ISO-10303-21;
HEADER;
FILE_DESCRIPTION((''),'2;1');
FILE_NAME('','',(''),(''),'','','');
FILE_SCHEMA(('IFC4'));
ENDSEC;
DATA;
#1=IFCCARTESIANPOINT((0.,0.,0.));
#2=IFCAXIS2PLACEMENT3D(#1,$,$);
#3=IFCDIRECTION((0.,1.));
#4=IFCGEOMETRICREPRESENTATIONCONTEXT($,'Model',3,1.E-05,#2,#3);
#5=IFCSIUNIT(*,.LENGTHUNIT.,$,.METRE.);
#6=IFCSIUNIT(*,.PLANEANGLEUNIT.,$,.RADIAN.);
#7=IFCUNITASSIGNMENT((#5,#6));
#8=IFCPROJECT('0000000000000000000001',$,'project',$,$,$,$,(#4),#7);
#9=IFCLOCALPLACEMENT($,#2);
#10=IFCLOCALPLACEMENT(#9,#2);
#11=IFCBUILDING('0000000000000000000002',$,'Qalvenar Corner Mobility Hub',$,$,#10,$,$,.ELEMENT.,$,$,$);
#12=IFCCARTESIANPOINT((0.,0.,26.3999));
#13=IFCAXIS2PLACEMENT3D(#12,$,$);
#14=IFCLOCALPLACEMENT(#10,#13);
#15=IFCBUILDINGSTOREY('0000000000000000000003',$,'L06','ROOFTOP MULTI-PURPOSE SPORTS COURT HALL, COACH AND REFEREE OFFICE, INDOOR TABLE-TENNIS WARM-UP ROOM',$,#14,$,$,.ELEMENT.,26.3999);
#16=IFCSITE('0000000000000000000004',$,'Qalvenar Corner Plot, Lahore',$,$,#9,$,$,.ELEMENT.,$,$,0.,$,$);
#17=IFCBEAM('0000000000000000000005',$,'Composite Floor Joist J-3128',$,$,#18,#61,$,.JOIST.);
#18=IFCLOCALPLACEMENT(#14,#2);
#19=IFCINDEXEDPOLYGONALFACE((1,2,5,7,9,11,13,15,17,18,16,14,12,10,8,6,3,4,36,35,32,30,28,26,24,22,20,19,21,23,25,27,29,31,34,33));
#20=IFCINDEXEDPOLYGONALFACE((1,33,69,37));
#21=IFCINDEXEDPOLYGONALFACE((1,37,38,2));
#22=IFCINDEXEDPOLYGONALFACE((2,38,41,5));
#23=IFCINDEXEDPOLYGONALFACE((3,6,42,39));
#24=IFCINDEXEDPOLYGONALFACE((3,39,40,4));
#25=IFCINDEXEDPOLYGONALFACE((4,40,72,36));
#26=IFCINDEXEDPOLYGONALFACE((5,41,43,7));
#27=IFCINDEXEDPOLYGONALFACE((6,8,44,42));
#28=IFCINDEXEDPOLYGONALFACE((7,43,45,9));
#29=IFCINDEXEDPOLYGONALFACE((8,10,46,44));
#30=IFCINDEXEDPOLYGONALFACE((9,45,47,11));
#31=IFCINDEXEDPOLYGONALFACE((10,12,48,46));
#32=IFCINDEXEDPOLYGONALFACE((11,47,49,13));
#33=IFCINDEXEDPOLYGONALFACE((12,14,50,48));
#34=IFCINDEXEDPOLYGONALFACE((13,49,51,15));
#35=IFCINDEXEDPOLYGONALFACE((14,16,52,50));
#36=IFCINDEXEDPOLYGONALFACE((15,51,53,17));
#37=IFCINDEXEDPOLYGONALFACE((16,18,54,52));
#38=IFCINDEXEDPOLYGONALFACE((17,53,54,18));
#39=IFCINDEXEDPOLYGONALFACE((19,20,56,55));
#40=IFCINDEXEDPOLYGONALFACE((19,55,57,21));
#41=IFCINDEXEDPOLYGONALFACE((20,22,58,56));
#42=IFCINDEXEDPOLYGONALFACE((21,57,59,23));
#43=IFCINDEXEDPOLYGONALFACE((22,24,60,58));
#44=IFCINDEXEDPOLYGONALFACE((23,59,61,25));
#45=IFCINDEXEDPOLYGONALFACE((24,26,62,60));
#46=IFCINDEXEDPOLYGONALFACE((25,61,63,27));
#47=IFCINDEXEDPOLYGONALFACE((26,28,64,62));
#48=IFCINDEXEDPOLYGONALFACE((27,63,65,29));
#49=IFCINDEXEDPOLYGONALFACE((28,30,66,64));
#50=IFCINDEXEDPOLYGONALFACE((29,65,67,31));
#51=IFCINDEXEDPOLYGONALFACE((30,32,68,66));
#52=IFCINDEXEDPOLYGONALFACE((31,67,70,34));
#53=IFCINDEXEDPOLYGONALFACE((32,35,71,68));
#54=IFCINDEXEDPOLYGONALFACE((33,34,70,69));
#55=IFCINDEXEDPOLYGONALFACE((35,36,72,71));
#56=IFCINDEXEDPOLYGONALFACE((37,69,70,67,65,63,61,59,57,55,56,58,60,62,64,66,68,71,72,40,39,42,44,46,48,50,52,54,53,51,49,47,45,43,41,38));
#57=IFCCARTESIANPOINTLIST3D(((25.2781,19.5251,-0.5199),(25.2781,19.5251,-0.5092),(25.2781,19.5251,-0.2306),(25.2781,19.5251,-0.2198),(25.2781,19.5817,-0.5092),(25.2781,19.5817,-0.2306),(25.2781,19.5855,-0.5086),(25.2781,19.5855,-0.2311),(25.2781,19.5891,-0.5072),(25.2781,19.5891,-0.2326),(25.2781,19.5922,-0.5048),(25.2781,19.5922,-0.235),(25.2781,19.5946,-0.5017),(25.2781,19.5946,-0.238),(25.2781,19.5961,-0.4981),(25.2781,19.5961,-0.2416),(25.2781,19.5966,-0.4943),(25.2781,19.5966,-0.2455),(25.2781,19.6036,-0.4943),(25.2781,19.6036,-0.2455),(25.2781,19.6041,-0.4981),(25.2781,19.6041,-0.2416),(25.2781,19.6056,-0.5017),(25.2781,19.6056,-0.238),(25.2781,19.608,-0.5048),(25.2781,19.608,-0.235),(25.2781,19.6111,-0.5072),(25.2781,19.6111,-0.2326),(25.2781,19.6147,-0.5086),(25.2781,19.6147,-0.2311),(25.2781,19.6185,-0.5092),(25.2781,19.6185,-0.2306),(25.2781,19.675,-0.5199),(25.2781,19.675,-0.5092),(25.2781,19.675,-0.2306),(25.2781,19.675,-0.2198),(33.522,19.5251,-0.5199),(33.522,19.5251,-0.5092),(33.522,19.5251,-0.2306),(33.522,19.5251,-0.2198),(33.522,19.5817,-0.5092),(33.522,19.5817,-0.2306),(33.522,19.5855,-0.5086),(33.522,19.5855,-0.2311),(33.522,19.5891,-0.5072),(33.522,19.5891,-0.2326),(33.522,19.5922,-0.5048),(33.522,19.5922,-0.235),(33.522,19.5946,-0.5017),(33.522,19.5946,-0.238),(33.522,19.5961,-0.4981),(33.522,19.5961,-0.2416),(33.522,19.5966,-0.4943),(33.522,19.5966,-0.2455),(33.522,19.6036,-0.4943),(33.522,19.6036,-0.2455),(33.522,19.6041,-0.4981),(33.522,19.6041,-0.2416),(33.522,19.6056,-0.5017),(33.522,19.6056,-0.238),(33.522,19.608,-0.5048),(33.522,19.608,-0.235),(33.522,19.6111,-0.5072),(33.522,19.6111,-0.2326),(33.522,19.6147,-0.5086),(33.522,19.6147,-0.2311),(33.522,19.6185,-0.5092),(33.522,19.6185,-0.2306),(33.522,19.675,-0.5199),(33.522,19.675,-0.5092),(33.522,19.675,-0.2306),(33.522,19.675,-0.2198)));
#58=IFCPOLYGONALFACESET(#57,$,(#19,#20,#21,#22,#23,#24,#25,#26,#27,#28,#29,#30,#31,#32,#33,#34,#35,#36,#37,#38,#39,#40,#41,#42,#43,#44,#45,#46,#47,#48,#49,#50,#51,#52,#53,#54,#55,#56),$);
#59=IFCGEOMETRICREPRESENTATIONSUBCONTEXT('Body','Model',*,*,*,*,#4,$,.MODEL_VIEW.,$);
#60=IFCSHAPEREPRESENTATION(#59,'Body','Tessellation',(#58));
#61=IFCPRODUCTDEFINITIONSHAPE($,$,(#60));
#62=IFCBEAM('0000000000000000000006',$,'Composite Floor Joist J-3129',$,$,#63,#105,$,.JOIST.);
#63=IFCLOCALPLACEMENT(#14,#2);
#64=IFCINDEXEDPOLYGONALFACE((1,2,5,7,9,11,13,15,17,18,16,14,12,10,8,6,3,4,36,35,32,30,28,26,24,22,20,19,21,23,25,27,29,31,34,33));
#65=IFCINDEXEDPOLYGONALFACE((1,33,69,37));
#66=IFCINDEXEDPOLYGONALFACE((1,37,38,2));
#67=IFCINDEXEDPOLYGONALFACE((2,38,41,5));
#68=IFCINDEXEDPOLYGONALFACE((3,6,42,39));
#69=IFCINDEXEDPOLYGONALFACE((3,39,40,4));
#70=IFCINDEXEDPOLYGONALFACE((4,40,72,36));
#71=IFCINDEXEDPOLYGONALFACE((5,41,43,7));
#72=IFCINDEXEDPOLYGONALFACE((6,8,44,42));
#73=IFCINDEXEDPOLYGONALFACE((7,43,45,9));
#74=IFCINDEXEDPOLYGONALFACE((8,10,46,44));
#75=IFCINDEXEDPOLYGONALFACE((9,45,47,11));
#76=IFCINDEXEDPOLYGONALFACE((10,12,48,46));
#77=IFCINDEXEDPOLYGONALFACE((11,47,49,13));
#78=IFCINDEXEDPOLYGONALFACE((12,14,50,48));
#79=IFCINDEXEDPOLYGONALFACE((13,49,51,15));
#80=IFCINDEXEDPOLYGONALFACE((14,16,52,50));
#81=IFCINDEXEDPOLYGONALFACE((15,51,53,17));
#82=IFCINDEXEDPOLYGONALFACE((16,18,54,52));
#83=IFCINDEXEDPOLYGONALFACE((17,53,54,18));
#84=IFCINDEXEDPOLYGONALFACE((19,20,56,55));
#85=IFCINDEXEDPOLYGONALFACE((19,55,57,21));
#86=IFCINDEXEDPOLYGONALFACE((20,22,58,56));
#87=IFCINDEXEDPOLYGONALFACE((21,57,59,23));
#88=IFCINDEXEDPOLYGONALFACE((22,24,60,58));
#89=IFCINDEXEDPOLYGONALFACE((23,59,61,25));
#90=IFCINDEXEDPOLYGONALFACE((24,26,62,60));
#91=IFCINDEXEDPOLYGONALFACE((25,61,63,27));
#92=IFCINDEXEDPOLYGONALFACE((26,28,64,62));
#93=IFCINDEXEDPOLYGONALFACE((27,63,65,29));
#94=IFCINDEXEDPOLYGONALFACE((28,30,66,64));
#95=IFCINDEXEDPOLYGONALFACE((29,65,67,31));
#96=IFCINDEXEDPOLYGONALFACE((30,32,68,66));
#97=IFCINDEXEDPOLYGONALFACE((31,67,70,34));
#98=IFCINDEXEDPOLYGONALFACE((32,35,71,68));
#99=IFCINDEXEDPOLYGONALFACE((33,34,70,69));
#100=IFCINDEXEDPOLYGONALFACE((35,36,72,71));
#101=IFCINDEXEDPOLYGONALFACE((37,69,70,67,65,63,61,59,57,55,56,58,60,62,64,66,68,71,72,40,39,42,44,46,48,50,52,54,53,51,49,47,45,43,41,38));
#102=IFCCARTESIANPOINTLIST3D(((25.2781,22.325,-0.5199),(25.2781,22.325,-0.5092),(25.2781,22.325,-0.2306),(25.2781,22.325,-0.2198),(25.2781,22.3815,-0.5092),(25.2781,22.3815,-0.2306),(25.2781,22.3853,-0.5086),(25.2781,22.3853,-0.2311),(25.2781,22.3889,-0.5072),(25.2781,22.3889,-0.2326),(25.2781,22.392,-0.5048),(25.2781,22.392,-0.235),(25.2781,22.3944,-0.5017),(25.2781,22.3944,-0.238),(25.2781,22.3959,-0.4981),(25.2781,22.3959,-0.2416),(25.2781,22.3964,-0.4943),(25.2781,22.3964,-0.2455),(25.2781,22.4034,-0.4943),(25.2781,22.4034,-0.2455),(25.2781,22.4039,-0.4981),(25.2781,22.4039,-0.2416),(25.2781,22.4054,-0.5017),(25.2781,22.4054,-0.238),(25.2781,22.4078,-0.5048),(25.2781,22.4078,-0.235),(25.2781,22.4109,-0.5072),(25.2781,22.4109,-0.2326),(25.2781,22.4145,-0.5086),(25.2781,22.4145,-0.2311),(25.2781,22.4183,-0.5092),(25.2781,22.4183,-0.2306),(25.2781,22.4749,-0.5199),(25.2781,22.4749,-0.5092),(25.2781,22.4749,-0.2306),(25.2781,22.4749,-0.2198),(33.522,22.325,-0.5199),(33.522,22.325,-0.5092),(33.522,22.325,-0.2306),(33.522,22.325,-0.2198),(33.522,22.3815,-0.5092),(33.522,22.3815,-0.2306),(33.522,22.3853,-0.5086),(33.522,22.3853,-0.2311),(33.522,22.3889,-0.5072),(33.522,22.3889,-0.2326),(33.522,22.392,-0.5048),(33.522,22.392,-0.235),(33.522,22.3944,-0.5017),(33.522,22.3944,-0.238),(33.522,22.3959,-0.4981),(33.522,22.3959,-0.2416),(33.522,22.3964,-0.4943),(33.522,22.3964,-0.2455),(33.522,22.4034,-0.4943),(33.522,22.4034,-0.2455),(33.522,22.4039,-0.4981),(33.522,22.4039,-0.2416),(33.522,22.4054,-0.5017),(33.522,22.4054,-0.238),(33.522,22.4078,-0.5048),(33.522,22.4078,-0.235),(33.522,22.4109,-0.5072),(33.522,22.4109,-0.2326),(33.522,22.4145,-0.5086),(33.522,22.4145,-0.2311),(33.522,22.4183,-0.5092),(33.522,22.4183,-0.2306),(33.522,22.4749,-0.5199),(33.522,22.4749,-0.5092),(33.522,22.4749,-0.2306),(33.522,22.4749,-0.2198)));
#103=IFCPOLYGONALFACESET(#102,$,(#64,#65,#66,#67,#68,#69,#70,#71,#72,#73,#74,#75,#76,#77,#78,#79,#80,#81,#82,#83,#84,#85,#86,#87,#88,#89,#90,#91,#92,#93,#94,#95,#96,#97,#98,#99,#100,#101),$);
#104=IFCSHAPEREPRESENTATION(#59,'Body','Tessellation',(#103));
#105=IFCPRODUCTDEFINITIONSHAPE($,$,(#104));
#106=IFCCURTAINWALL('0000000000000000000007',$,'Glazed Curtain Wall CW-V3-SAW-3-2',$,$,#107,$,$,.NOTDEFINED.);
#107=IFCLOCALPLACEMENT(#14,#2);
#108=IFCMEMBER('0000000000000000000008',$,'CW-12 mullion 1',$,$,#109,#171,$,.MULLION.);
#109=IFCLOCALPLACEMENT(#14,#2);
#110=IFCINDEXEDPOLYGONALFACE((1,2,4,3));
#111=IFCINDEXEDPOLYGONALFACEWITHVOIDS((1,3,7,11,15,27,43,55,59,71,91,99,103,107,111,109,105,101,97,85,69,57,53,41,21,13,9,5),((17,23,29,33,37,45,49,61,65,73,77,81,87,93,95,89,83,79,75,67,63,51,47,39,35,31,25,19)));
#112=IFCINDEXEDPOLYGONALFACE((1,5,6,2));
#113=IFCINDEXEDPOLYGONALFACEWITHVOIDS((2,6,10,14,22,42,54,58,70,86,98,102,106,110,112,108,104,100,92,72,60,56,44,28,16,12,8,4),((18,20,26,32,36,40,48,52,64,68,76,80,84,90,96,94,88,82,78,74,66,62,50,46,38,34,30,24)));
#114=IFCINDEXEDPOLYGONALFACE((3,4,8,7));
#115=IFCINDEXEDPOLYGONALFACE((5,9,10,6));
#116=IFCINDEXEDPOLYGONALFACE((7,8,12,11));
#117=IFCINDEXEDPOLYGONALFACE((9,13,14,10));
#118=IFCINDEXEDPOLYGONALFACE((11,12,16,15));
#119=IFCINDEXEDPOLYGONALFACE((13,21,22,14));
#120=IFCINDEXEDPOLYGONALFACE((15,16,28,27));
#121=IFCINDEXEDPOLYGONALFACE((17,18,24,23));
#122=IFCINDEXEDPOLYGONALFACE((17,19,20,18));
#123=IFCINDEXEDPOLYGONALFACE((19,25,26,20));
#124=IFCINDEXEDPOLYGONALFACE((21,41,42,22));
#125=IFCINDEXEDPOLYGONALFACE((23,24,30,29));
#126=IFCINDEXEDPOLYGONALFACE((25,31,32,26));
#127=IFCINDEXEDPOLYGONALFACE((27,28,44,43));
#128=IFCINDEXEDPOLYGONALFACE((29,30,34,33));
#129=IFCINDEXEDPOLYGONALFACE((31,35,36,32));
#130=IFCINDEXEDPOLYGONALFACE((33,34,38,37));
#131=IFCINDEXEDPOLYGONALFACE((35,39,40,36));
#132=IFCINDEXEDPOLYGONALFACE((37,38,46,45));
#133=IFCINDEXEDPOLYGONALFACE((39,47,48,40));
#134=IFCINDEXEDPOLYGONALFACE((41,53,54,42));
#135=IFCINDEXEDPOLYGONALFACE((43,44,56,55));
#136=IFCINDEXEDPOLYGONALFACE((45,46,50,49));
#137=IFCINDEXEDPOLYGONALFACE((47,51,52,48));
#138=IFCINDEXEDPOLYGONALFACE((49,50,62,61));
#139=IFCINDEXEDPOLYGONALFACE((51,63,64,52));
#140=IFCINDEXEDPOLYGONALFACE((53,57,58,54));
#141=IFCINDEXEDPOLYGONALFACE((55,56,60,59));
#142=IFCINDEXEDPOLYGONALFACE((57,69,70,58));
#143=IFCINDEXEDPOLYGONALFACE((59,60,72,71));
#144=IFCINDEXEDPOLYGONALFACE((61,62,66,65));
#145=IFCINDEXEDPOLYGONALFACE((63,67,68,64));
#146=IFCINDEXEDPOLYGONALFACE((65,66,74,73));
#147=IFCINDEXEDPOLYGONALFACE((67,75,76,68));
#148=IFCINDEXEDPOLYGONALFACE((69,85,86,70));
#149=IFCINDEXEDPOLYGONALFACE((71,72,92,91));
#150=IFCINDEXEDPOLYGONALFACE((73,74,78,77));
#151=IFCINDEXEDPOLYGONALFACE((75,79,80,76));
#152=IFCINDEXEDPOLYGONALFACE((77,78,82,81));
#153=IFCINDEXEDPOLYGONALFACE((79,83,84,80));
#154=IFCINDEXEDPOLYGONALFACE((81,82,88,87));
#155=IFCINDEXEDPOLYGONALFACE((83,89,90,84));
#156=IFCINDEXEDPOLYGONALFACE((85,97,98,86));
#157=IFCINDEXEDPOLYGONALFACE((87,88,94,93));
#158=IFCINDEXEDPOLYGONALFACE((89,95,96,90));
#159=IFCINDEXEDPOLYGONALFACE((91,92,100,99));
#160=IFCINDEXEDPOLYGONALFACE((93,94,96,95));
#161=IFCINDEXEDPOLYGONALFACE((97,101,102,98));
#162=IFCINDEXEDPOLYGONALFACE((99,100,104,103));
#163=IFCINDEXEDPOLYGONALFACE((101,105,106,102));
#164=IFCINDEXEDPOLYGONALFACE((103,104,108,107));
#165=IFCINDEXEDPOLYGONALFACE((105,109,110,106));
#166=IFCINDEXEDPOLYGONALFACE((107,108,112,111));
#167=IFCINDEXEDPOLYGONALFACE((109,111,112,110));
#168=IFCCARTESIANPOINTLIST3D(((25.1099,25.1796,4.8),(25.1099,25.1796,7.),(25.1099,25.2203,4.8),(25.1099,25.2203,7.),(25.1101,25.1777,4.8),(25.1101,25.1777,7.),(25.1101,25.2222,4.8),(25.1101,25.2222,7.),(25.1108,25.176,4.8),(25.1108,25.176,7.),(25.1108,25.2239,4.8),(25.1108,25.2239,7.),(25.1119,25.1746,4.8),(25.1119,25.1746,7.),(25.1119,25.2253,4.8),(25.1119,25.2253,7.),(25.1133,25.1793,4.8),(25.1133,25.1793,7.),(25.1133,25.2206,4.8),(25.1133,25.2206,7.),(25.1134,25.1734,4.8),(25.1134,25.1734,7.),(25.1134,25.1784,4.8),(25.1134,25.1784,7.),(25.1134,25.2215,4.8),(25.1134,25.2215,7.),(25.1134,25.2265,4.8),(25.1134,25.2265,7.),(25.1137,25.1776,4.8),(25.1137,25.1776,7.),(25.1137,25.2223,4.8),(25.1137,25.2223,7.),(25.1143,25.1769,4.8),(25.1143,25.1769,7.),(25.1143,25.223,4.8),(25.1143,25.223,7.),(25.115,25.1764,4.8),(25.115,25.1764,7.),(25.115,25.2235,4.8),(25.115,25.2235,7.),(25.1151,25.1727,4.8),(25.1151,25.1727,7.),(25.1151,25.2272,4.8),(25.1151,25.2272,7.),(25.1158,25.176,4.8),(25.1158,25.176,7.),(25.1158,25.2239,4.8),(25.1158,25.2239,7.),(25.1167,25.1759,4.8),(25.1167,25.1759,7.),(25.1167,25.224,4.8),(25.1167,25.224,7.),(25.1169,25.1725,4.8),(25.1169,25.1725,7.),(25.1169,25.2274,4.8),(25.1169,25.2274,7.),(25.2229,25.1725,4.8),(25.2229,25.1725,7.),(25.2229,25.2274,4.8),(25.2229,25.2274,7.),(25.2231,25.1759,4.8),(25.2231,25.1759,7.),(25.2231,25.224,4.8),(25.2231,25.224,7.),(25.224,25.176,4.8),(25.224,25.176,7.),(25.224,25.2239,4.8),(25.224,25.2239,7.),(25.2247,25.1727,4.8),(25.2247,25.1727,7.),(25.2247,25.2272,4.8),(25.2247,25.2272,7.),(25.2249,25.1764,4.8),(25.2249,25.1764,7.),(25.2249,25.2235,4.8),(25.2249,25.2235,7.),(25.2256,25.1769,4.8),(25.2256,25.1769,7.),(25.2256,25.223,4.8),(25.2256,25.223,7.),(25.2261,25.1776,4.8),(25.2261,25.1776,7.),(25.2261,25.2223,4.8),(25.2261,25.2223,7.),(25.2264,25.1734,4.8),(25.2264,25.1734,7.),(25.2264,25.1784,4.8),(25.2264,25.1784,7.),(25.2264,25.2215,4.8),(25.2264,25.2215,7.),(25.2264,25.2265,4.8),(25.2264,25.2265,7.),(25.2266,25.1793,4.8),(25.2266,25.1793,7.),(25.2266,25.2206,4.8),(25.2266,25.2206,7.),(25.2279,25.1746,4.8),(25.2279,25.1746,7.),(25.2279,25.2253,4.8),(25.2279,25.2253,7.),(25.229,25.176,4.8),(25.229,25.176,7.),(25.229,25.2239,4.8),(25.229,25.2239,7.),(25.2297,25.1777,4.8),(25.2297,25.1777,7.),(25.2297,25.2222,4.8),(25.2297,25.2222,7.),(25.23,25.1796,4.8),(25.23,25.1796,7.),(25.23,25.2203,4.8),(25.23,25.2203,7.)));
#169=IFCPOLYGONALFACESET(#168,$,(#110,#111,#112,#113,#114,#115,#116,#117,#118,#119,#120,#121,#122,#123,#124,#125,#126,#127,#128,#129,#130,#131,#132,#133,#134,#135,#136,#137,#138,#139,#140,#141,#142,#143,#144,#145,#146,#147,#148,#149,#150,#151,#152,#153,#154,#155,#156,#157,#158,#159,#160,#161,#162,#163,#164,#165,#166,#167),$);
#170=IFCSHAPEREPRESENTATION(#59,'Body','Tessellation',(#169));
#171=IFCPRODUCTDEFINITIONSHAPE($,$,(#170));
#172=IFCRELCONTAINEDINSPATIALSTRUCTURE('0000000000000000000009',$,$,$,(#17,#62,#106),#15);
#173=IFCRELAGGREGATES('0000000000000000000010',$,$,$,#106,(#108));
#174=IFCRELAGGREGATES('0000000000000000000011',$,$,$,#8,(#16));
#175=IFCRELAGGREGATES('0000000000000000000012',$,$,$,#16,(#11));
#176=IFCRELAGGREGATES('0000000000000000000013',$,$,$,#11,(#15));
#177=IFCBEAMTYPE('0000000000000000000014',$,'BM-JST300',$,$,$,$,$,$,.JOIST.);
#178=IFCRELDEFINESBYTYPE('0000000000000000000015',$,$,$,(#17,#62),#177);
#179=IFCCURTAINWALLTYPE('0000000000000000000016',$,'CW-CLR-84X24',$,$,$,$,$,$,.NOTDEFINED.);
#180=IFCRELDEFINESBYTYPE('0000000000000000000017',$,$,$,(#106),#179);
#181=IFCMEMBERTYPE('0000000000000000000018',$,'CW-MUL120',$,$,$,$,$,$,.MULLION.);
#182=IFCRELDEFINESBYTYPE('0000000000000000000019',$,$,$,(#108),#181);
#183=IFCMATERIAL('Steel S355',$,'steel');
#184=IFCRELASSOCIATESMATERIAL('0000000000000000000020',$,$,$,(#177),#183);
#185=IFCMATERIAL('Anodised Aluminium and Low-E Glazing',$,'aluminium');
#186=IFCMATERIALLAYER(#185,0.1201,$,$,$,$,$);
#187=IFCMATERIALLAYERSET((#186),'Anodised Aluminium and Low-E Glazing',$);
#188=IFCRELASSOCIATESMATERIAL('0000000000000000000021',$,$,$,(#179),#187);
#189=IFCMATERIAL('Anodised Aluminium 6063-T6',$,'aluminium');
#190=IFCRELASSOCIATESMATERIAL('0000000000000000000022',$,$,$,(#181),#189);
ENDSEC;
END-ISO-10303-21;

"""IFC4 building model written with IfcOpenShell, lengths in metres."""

from ifc_helpers import new_model, si_unit, direction, frame, origin, origin_2d, place, context, subcontext, project, spatial, hollow_rectangle, i_section, extrude, material, layer, layer_set, material_profile, profile_set, type_object, element, aggregate, save


model = new_model("IFC4")

# Units and contexts
model_context = context("Model", 3, precision=1e-05, world=origin(), true_north=direction((0.0, 1.0)))
body_context = subcontext(model_context, "Body", "Model", "MODEL_VIEW")
ifc_project = project(units=[si_unit("LENGTHUNIT", "METRE"), si_unit("PLANEANGLEUNIT", "RADIAN")], contexts=[model_context])

# Site, building, storey
site_placement = place(None, origin())
site = spatial("IfcSite", under=ifc_project, at=site_placement, Name="Qalvenar Corner Plot, Lahore", CompositionType="ELEMENT", RefElevation=0.0)
building_placement = place(site_placement, origin())
building = spatial("IfcBuilding", under=site, at=building_placement, Name="Qalvenar Corner Mobility Hub", CompositionType="ELEMENT")
storey_placement = place(building_placement, frame((0.0, 0.0, 26.3999)))
storey = spatial("IfcBuildingStorey", under=building, at=storey_placement, Name="L06", Description="ROOFTOP MULTI-PURPOSE SPORTS COURT HALL, COACH AND REFEREE OFFICE, INDOOR TABLE-TENNIS WARM-UP ROOM", CompositionType="ELEMENT", Elevation=26.3999)

# Shared definitions
ifc_material_1 = material(Name="Steel S355", Category="steel")

# Beams
ifc_material_profile_1 = material_profile(ifc_material_1, i_section(OverallWidth=0.1499, OverallDepth=0.3, WebThickness=0.0071, FlangeThickness=0.0107, FilletRadius=0.0149, at=origin_2d()), Name="IPE300")
ifc_profile_set_1 = profile_set([ifc_material_profile_1], Name="Steel S355")
beam_type_1 = type_object("IfcBeamType", Name="BM-JST300", PredefinedType="JOIST", material=ifc_profile_set_1)
for number, where, z_axis, x_axis, name in (
    (1, (25.2781, 19.6001, -0.3699), (1.0, 0.0, 0.0), (0.0, 1.0, 0.0), "Composite Floor Joist J-3128"),
    (2, (25.2781, 22.3999, -0.3699), (1.0, 0.0, 0.0), (0.0, 1.0, 0.0), "Composite Floor Joist J-3129"),
):
    element("IfcBeam", number, at=place(storey_placement, frame(where, z_axis=z_axis, x_axis=x_axis)), inside=storey, type_object=beam_type_1, Name=name, PredefinedType="JOIST", context=body_context, shape_type="SweptSolid", body=[
        extrude(i_section(OverallWidth=0.1499, OverallDepth=0.3, WebThickness=0.0071, FlangeThickness=0.0107, FilletRadius=0.0149, at=origin_2d()), origin(), (0.0, 0.0, 1.0), 8.2439),
    ])

# Curtain wall, member
ifc_material_2 = material(Name="Anodised Aluminium and Low-E Glazing", Category="aluminium")
ifc_layer_1 = layer(ifc_material_2, 0.1201)
ifc_layer_set_1 = layer_set([ifc_layer_1], Name="Anodised Aluminium and Low-E Glazing")
curtain_wall_type = type_object("IfcCurtainWallType", Name="CW-CLR-84X24", PredefinedType="NOTDEFINED", material=ifc_layer_set_1)
curtain_wall_1_placement = place(storey_placement, origin())
curtain_wall_1 = element("IfcCurtainWall", 3, at=curtain_wall_1_placement, inside=storey, type_object=curtain_wall_type, Name="Glazed Curtain Wall CW-V3-SAW-3-2", PredefinedType="NOTDEFINED")
ifc_material_3 = material(Name="Anodised Aluminium 6063-T6", Category="aluminium")
ifc_material_profile_2 = material_profile(ifc_material_3, hollow_rectangle(XDim=0.0549, YDim=0.1201, WallThickness=0.0034, InnerFilletRadius=0.0034, OuterFilletRadius=0.0071, at=origin_2d()), Name="RHS120x55x3.5")
ifc_profile_set_2 = profile_set([ifc_material_profile_2], Name="Anodised Aluminium 6063-T6")
member_type_1 = type_object("IfcMemberType", Name="CW-MUL120", PredefinedType="MULLION", material=ifc_profile_set_2)
member_1_placement = place(storey_placement, frame((25.1699, 25.2, 4.8), z_axis=(0.0, 0.0, 1.0), x_axis=(0.0, -1.0, 0.0)))
member_1 = element("IfcMember", 4, at=member_1_placement, type_object=member_type_1, Name="CW-12 mullion 1", PredefinedType="MULLION", context=body_context, shape_type="SweptSolid", body=[
    extrude(hollow_rectangle(XDim=0.0549, YDim=0.1201, WallThickness=0.0034, InnerFilletRadius=0.0034, OuterFilletRadius=0.0071, at=origin_2d()), origin(), (0.0, 0.0, 1.0), 2.2),
])

aggregate(curtain_wall_1, [member_1])

save(model, "model.ifc")
